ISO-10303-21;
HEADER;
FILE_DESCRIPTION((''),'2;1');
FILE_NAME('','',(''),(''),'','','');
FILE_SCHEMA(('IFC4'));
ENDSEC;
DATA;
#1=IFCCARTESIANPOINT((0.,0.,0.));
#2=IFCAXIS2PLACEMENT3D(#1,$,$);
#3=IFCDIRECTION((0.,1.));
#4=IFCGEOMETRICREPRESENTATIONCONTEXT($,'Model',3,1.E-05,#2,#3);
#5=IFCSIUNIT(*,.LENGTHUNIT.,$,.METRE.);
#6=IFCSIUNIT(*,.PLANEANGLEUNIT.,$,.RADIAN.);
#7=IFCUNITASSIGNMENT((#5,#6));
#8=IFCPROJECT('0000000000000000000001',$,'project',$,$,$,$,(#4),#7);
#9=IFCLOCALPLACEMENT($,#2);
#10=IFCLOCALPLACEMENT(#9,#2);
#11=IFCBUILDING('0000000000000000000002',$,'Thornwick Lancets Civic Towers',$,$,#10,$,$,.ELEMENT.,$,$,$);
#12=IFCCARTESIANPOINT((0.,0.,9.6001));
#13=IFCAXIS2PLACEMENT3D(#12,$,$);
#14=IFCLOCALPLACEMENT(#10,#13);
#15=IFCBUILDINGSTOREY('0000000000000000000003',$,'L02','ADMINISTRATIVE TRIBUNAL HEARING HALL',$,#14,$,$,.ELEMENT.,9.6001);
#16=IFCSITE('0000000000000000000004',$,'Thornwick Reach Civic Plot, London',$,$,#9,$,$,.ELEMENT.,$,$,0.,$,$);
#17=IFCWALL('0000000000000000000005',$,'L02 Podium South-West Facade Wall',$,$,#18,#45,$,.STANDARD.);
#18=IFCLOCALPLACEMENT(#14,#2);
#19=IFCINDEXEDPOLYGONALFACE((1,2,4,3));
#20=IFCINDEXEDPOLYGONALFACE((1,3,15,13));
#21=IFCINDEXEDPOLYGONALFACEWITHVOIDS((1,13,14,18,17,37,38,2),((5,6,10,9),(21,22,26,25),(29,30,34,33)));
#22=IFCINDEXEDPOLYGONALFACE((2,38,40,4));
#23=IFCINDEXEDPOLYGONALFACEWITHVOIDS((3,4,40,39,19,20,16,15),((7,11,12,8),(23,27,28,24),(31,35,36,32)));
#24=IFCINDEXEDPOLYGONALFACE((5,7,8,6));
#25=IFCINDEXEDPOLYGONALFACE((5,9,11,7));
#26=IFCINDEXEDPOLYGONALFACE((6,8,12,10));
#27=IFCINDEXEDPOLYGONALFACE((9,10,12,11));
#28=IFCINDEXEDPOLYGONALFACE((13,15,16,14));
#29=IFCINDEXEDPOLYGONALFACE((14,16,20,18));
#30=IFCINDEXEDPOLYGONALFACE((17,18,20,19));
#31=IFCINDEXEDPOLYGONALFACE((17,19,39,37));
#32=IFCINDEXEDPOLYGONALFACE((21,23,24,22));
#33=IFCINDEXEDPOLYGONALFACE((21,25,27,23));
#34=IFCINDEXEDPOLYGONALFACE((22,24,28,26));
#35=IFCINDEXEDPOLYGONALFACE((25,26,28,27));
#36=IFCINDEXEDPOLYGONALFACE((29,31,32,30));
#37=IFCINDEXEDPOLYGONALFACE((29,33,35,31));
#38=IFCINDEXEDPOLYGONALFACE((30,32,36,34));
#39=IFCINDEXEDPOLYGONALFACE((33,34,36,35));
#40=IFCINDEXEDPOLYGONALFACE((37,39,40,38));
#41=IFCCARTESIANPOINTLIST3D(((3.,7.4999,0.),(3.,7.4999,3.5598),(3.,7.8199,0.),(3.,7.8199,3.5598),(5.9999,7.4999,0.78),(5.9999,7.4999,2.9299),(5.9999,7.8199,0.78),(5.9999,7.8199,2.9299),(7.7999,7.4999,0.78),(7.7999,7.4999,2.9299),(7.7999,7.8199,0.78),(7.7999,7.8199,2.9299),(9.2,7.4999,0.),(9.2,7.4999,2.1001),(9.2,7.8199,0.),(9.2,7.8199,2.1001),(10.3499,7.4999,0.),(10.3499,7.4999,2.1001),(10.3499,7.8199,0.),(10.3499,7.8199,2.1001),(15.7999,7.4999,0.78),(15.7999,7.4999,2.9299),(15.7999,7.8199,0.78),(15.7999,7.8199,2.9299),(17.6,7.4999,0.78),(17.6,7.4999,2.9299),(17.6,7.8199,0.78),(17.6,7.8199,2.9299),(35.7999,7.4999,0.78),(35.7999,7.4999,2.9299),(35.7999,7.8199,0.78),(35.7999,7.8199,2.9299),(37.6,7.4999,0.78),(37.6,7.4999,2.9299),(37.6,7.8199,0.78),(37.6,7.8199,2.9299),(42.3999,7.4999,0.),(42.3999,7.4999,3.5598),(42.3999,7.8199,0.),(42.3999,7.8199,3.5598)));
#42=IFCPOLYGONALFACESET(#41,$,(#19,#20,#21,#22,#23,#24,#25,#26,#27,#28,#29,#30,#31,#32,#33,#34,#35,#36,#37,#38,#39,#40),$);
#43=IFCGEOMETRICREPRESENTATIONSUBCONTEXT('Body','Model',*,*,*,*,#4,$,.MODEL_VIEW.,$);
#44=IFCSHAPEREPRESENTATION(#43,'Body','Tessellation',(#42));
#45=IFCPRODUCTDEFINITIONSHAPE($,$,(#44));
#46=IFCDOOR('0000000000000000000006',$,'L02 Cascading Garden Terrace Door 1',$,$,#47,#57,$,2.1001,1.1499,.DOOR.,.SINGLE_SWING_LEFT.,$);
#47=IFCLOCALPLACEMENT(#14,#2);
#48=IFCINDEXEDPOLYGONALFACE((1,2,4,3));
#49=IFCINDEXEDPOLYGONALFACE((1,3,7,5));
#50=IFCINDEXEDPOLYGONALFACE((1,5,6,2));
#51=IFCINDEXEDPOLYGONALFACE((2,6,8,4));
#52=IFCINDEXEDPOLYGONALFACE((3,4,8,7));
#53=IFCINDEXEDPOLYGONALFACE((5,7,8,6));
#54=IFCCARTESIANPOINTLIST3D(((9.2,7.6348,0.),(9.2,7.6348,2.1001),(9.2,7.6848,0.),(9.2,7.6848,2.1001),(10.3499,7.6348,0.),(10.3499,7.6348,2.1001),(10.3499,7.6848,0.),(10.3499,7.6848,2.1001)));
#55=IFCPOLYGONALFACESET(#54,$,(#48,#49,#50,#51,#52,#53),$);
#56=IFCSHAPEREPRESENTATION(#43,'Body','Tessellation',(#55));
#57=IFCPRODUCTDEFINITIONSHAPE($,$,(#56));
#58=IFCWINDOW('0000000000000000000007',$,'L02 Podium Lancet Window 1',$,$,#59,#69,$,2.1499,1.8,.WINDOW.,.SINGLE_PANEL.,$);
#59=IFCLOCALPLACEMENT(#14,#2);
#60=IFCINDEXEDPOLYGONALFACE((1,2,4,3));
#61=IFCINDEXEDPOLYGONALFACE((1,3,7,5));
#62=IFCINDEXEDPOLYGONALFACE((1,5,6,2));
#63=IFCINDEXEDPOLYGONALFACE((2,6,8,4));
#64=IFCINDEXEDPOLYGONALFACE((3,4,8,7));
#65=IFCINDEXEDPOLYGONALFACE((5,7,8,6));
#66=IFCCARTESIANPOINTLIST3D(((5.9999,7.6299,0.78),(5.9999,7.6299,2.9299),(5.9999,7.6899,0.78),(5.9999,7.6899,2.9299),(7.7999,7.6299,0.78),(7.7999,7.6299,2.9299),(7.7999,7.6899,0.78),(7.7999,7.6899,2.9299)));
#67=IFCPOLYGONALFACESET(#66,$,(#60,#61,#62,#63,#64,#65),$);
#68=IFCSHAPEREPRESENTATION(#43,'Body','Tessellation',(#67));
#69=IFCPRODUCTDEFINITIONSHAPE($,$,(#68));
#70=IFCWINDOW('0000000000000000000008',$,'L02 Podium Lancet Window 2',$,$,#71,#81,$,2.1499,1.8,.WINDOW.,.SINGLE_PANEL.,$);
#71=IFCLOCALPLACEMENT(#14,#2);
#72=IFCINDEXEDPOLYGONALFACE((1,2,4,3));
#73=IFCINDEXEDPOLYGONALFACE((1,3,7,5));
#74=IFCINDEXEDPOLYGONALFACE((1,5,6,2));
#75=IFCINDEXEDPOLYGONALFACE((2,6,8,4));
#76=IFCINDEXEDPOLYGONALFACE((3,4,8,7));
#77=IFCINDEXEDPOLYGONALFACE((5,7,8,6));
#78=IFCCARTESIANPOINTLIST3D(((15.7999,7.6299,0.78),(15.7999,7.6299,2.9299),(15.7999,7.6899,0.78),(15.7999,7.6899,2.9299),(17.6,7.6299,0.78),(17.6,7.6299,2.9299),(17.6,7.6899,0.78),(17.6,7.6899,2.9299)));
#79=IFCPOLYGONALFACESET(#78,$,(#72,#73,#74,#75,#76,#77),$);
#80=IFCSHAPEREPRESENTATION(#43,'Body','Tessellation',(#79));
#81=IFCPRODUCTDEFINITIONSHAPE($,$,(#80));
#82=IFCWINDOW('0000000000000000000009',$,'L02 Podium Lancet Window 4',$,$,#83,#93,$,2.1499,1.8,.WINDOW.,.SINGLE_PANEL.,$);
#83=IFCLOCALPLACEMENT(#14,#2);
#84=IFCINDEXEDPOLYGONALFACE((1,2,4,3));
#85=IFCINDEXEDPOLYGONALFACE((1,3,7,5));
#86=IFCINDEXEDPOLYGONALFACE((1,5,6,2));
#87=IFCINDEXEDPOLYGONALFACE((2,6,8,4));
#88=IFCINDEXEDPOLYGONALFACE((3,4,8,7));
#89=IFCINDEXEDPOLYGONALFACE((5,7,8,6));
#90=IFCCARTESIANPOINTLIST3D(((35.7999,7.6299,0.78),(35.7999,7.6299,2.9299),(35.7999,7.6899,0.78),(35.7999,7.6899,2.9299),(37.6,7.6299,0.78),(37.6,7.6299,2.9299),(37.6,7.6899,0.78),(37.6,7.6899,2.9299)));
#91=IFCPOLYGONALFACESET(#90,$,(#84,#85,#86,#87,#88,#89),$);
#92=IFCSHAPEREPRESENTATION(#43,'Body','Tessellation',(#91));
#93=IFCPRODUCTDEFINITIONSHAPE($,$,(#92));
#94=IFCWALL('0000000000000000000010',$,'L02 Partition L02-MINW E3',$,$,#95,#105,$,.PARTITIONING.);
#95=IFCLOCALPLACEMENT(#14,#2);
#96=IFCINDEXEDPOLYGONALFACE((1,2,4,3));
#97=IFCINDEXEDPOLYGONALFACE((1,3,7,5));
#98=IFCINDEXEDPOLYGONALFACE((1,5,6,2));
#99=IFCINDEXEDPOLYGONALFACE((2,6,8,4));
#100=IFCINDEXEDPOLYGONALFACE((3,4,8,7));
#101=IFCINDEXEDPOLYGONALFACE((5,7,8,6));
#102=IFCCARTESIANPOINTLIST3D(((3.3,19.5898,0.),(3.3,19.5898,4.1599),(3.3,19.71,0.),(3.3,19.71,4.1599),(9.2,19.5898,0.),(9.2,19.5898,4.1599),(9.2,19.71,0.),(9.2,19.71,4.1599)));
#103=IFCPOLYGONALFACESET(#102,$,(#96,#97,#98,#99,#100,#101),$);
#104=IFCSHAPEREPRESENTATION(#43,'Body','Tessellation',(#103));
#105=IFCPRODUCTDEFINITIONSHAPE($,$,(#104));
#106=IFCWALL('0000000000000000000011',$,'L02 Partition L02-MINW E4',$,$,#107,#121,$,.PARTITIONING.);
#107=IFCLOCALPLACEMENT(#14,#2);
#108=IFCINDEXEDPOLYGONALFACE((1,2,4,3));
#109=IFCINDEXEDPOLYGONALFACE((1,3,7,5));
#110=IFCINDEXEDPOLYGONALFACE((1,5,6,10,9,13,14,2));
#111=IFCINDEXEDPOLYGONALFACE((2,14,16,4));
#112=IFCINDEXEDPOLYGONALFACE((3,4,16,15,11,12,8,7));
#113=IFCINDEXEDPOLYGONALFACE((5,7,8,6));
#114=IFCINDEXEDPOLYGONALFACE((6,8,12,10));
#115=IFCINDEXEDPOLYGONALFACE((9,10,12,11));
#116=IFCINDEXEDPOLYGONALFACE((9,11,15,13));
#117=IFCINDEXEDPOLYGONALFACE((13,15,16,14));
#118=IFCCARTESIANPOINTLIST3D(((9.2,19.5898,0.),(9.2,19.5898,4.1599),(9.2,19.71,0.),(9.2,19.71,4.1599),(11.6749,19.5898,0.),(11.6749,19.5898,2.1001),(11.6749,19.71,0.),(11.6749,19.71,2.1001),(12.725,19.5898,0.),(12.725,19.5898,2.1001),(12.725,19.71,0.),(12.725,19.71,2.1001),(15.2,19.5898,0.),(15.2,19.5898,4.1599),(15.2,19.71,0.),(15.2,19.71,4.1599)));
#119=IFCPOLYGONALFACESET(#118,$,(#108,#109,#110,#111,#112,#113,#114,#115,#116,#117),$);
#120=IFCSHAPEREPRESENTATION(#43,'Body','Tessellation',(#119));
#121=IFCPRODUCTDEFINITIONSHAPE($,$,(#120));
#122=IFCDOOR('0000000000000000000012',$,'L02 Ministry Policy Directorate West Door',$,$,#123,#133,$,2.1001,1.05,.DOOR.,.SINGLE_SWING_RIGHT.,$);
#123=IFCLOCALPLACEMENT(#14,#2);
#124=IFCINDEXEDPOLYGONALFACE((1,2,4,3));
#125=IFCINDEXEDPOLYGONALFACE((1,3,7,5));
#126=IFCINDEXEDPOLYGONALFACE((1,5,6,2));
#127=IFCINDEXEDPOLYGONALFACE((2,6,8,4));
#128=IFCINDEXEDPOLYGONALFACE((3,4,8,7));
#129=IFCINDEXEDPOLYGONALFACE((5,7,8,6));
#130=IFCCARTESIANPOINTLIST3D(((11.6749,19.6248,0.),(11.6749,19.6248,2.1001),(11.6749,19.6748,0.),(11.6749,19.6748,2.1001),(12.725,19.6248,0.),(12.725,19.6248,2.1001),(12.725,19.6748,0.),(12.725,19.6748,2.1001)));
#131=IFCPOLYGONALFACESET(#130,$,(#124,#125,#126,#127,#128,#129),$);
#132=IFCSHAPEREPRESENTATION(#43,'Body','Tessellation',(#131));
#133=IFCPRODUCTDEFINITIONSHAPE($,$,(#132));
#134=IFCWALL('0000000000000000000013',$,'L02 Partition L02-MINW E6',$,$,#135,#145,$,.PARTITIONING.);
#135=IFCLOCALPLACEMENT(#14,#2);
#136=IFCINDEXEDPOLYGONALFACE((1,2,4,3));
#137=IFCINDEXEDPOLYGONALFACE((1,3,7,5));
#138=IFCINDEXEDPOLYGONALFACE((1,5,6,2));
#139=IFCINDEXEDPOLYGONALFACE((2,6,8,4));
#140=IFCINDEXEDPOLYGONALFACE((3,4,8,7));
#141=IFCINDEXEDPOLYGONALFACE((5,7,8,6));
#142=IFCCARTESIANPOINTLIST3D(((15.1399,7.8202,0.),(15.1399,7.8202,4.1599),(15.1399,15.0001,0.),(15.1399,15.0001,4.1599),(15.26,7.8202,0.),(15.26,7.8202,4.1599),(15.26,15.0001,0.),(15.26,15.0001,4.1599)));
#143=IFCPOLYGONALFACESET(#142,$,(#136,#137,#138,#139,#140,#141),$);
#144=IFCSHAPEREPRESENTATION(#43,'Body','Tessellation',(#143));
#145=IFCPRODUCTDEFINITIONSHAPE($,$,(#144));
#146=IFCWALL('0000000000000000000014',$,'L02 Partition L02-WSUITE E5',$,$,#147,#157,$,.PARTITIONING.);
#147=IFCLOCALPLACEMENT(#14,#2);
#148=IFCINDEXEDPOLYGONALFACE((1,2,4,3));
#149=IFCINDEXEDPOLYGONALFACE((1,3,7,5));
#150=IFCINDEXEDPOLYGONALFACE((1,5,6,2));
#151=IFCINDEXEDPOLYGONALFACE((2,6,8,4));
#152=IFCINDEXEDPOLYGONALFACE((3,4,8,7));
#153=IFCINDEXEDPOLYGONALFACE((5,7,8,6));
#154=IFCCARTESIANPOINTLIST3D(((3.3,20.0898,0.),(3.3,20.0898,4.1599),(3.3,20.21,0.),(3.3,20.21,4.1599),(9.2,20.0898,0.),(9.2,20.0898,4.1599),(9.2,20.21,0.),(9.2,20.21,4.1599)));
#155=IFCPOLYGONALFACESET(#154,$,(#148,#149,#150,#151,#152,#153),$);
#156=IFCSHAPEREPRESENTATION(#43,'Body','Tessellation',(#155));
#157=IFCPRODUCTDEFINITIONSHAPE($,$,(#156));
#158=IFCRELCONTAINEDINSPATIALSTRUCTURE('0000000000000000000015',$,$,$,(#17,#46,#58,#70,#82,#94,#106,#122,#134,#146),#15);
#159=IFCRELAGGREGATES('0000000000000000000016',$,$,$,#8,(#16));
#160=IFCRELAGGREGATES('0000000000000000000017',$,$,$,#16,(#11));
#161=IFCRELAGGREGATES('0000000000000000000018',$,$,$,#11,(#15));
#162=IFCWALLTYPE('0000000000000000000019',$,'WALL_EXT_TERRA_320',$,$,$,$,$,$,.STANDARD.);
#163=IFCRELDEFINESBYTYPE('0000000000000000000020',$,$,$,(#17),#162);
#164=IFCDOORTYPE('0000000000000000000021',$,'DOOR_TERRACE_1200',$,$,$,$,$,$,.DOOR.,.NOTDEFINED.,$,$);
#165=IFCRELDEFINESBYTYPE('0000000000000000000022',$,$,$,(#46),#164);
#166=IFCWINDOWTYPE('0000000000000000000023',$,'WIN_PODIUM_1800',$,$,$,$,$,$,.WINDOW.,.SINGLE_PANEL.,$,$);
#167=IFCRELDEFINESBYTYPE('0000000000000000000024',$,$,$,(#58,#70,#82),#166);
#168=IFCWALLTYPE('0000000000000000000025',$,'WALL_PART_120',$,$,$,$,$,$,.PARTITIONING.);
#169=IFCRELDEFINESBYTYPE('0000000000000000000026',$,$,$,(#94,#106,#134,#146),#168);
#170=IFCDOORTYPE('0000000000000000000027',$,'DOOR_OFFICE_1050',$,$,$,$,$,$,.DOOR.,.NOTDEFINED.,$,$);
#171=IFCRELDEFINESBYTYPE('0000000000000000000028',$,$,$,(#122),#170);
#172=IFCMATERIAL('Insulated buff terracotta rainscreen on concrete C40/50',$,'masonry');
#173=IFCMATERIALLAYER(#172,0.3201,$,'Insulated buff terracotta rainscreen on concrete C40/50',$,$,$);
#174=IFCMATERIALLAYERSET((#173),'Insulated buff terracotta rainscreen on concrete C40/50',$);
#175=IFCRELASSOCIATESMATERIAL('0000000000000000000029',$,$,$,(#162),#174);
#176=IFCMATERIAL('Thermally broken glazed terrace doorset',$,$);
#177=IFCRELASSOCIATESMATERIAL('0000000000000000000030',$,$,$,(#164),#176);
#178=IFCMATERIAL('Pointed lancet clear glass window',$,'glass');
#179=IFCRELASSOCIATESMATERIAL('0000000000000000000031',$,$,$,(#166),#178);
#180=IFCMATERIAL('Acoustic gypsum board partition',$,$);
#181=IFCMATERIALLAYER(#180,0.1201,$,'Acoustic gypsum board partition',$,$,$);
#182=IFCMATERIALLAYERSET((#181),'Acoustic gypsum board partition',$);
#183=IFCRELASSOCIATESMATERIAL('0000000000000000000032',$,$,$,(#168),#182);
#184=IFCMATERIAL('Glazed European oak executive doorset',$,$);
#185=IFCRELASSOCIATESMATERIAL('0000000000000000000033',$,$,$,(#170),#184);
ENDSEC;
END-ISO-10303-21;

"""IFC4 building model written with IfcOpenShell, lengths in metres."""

from ifc_helpers import new_model, si_unit, direction, frame, frame_2d, origin, place, context, subcontext, project, spatial, rectangle, extrude, material, layer, layer_set, type_object, element, fill, save


model = new_model("IFC4")

# Units and contexts
model_context = context("Model", 3, precision=1e-05, world=origin(), true_north=direction((0.0, 1.0)))
body_context = subcontext(model_context, "Body", "Model", "MODEL_VIEW")
ifc_project = project(units=[si_unit("LENGTHUNIT", "METRE"), si_unit("PLANEANGLEUNIT", "RADIAN")], contexts=[model_context])

# Site, building, storey
site_placement = place(None, origin())
site = spatial("IfcSite", under=ifc_project, at=site_placement, Name="Thornwick Reach Civic Plot, London", CompositionType="ELEMENT", RefElevation=0.0)
building_placement = place(site_placement, origin())
building = spatial("IfcBuilding", under=site, at=building_placement, Name="Thornwick Lancets Civic Towers", CompositionType="ELEMENT")
storey_placement = place(building_placement, frame((0.0, 0.0, 9.6001)))
storey = spatial("IfcBuildingStorey", under=building, at=storey_placement, Name="L02", Description="ADMINISTRATIVE TRIBUNAL HEARING HALL", CompositionType="ELEMENT", Elevation=9.6001)

# Wall, openings, door, windows
ifc_material_1 = material(Name="Insulated buff terracotta rainscreen on concrete C40/50", Category="masonry")
ifc_layer_1 = layer(ifc_material_1, 0.3201, Name="Insulated buff terracotta rainscreen on concrete C40/50")
ifc_layer_set_1 = layer_set([ifc_layer_1], Name="Insulated buff terracotta rainscreen on concrete C40/50")
wall_type_1 = type_object("IfcWallType", Name="WALL_EXT_TERRA_320", PredefinedType="STANDARD", material=ifc_layer_set_1)
wall_1_placement = place(storey_placement, frame((3.0, 7.6599, 0.0), z_axis=(0.0, 0.0, 1.0), x_axis=(1.0, 0.0, 0.0)))
wall_1 = element("IfcWall", 1, at=wall_1_placement, inside=storey, type_object=wall_type_1, Name="L02 Podium South-West Facade Wall", PredefinedType="STANDARD", context=body_context, shape_type="SweptSolid", body=[
    extrude(rectangle(XDim=39.3999, YDim=0.3201, at=frame_2d((19.7, 0.0))), origin(), (0.0, 0.0, 1.0), 3.5598),
])
opening_1_placement = place(wall_1_placement, frame((6.2, 0.0, 0.0)))
opening_1 = element("IfcOpeningElement", 2, at=opening_1_placement, cuts=wall_1, PredefinedType="OPENING", context=body_context, shape_type="SweptSolid", body=[
    extrude(rectangle(XDim=1.1499, YDim=2.1001, at=frame_2d((0.575, 1.05))), frame((0.0, 0.1699, 0.0), z_axis=(0.0, -1.0, 0.0), x_axis=(1.0, 0.0, 0.0)), (0.0, 0.0, 1.0), 0.3401),
])
opening_2_placement = place(wall_1_placement, frame((3.0, 0.0, 0.78)))
opening_2 = element("IfcOpeningElement", 3, at=opening_2_placement, cuts=wall_1, PredefinedType="OPENING", context=body_context, shape_type="SweptSolid", body=[
    extrude(rectangle(XDim=1.8, YDim=2.1499, at=frame_2d((0.8999, 1.075))), frame((0.0, 0.1699, 0.0), z_axis=(0.0, -1.0, 0.0), x_axis=(1.0, 0.0, 0.0)), (0.0, 0.0, 1.0), 0.3401),
])
opening_3_placement = place(wall_1_placement, frame((12.8, 0.0, 0.78)))
opening_3 = element("IfcOpeningElement", 4, at=opening_3_placement, cuts=wall_1, PredefinedType="OPENING", context=body_context, shape_type="SweptSolid", body=[
    extrude(rectangle(XDim=1.8, YDim=2.1499, at=frame_2d((0.8999, 1.075))), frame((0.0, 0.1699, 0.0), z_axis=(0.0, -1.0, 0.0), x_axis=(1.0, 0.0, 0.0)), (0.0, 0.0, 1.0), 0.3401),
])
opening_4_placement = place(wall_1_placement, frame((32.8, 0.0, 0.78)))
opening_4 = element("IfcOpeningElement", 5, at=opening_4_placement, cuts=wall_1, PredefinedType="OPENING", context=body_context, shape_type="SweptSolid", body=[
    extrude(rectangle(XDim=1.8, YDim=2.1499, at=frame_2d((0.8999, 1.075))), frame((0.0, 0.1699, 0.0), z_axis=(0.0, -1.0, 0.0), x_axis=(1.0, 0.0, 0.0)), (0.0, 0.0, 1.0), 0.3401),
])
ifc_material_2 = material(Name="Thermally broken glazed terrace doorset")
door_type_1 = type_object("IfcDoorType", Name="DOOR_TERRACE_1200", OperationType="NOTDEFINED", PredefinedType="DOOR", material=ifc_material_2)
door_1_placement = place(opening_1_placement, origin())
door_1 = element("IfcDoor", 6, at=door_1_placement, inside=storey, type_object=door_type_1, Name="L02 Cascading Garden Terrace Door 1", OperationType="SINGLE_SWING_LEFT", OverallHeight=2.1001, OverallWidth=1.1499, PredefinedType="DOOR", context=body_context, shape_type="SweptSolid", body=[
    extrude(rectangle(XDim=1.1499, YDim=2.1001, at=frame_2d((0.575, 1.05))), frame((0.0, 0.0249, 0.0), z_axis=(0.0, -1.0, 0.0), x_axis=(1.0, 0.0, 0.0)), (0.0, 0.0, 1.0), 0.05),
])
fill(opening_1, door_1)
ifc_material_3 = material(Name="Pointed lancet clear glass window", Category="glass")
window_type = type_object("IfcWindowType", Name="WIN_PODIUM_1800", PartitioningType="SINGLE_PANEL", PredefinedType="WINDOW", material=ifc_material_3)
window_1_placement = place(opening_2_placement, origin())
window_1 = element("IfcWindow", 7, at=window_1_placement, inside=storey, type_object=window_type, Name="L02 Podium Lancet Window 1", OverallHeight=2.1499, OverallWidth=1.8, PartitioningType="SINGLE_PANEL", PredefinedType="WINDOW", context=body_context, shape_type="SweptSolid", body=[
    extrude(rectangle(XDim=1.8, YDim=2.1499, at=frame_2d((0.8999, 1.075))), frame((0.0, 0.03, 0.0), z_axis=(0.0, -1.0, 0.0), x_axis=(1.0, 0.0, 0.0)), (0.0, 0.0, 1.0), 0.0601),
])
fill(opening_2, window_1)
window_2_placement = place(opening_3_placement, origin())
window_2 = element("IfcWindow", 8, at=window_2_placement, inside=storey, type_object=window_type, Name="L02 Podium Lancet Window 2", OverallHeight=2.1499, OverallWidth=1.8, PartitioningType="SINGLE_PANEL", PredefinedType="WINDOW", context=body_context, shape_type="SweptSolid", body=[
    extrude(rectangle(XDim=1.8, YDim=2.1499, at=frame_2d((0.8999, 1.075))), frame((0.0, 0.03, 0.0), z_axis=(0.0, -1.0, 0.0), x_axis=(1.0, 0.0, 0.0)), (0.0, 0.0, 1.0), 0.0601),
])
fill(opening_3, window_2)
window_3_placement = place(opening_4_placement, origin())
window_3 = element("IfcWindow", 9, at=window_3_placement, inside=storey, type_object=window_type, Name="L02 Podium Lancet Window 4", OverallHeight=2.1499, OverallWidth=1.8, PartitioningType="SINGLE_PANEL", PredefinedType="WINDOW", context=body_context, shape_type="SweptSolid", body=[
    extrude(rectangle(XDim=1.8, YDim=2.1499, at=frame_2d((0.8999, 1.075))), frame((0.0, 0.03, 0.0), z_axis=(0.0, -1.0, 0.0), x_axis=(1.0, 0.0, 0.0)), (0.0, 0.0, 1.0), 0.0601),
])
fill(opening_4, window_3)

# Wall
ifc_material_4 = material(Name="Acoustic gypsum board partition")
ifc_layer_2 = layer(ifc_material_4, 0.1201, Name="Acoustic gypsum board partition")
ifc_layer_set_2 = layer_set([ifc_layer_2], Name="Acoustic gypsum board partition")
wall_type_2 = type_object("IfcWallType", Name="WALL_PART_120", PredefinedType="PARTITIONING", material=ifc_layer_set_2)
wall_2_placement = place(storey_placement, frame((3.3, 19.6499, 0.0), z_axis=(0.0, 0.0, 1.0), x_axis=(1.0, 0.0, 0.0)))
element("IfcWall", 10, at=wall_2_placement, inside=storey, type_object=wall_type_2, Name="L02 Partition L02-MINW E3", PredefinedType="PARTITIONING", context=body_context, shape_type="SweptSolid", body=[
    extrude(rectangle(XDim=5.8999, YDim=0.1201, at=frame_2d((2.95, 0.0))), origin(), (0.0, 0.0, 1.0), 4.1599),
])

# Wall, opening, door
wall_3_placement = place(storey_placement, frame((9.2, 19.6499, 0.0), z_axis=(0.0, 0.0, 1.0), x_axis=(1.0, 0.0, 0.0)))
wall_3 = element("IfcWall", 11, at=wall_3_placement, inside=storey, type_object=wall_type_2, Name="L02 Partition L02-MINW E4", PredefinedType="PARTITIONING", context=body_context, shape_type="SweptSolid", body=[
    extrude(rectangle(XDim=6.0, YDim=0.1201, at=frame_2d((3.0, 0.0))), origin(), (0.0, 0.0, 1.0), 4.1599),
])
opening_5_placement = place(wall_3_placement, frame((2.4751, 0.0, 0.0)))
opening_5 = element("IfcOpeningElement", 12, at=opening_5_placement, cuts=wall_3, PredefinedType="OPENING", context=body_context, shape_type="SweptSolid", body=[
    extrude(rectangle(XDim=1.05, YDim=2.1001, at=frame_2d((0.5249, 1.05))), frame((0.0, 0.0701, 0.0), z_axis=(0.0, -1.0, 0.0), x_axis=(1.0, 0.0, 0.0)), (0.0, 0.0, 1.0), 0.1401),
])
ifc_material_5 = material(Name="Glazed European oak executive doorset")
door_type_2 = type_object("IfcDoorType", Name="DOOR_OFFICE_1050", OperationType="NOTDEFINED", PredefinedType="DOOR", material=ifc_material_5)
door_2_placement = place(opening_5_placement, origin())
door_2 = element("IfcDoor", 13, at=door_2_placement, inside=storey, type_object=door_type_2, Name="L02 Ministry Policy Directorate West Door", OperationType="SINGLE_SWING_RIGHT", OverallHeight=2.1001, OverallWidth=1.05, PredefinedType="DOOR", context=body_context, shape_type="SweptSolid", body=[
    extrude(rectangle(XDim=1.05, YDim=2.1001, at=frame_2d((0.5249, 1.05))), frame((0.0, 0.0249, 0.0), z_axis=(0.0, -1.0, 0.0), x_axis=(1.0, 0.0, 0.0)), (0.0, 0.0, 1.0), 0.05),
])
fill(opening_5, door_2)

# Walls
wall_4_placement = place(storey_placement, frame((15.2, 15.0, 0.0), z_axis=(0.0, 0.0, 1.0), x_axis=(0.0, -1.0, 0.0)))
element("IfcWall", 14, at=wall_4_placement, inside=storey, type_object=wall_type_2, Name="L02 Partition L02-MINW E6", PredefinedType="PARTITIONING", context=body_context, shape_type="SweptSolid", body=[
    extrude(rectangle(XDim=7.1799, YDim=0.1201, at=frame_2d((3.5898, 0.0))), origin(), (0.0, 0.0, 1.0), 4.1599),
])
wall_5_placement = place(storey_placement, frame((9.2, 20.1499, 0.0), z_axis=(0.0, 0.0, 1.0), x_axis=(-1.0, 0.0, 0.0)))
element("IfcWall", 15, at=wall_5_placement, inside=storey, type_object=wall_type_2, Name="L02 Partition L02-WSUITE E5", PredefinedType="PARTITIONING", context=body_context, shape_type="SweptSolid", body=[
    extrude(rectangle(XDim=5.8999, YDim=0.1201, at=frame_2d((2.95, 0.0))), origin(), (0.0, 0.0, 1.0), 4.1599),
])

save(model, "model.ifc")
